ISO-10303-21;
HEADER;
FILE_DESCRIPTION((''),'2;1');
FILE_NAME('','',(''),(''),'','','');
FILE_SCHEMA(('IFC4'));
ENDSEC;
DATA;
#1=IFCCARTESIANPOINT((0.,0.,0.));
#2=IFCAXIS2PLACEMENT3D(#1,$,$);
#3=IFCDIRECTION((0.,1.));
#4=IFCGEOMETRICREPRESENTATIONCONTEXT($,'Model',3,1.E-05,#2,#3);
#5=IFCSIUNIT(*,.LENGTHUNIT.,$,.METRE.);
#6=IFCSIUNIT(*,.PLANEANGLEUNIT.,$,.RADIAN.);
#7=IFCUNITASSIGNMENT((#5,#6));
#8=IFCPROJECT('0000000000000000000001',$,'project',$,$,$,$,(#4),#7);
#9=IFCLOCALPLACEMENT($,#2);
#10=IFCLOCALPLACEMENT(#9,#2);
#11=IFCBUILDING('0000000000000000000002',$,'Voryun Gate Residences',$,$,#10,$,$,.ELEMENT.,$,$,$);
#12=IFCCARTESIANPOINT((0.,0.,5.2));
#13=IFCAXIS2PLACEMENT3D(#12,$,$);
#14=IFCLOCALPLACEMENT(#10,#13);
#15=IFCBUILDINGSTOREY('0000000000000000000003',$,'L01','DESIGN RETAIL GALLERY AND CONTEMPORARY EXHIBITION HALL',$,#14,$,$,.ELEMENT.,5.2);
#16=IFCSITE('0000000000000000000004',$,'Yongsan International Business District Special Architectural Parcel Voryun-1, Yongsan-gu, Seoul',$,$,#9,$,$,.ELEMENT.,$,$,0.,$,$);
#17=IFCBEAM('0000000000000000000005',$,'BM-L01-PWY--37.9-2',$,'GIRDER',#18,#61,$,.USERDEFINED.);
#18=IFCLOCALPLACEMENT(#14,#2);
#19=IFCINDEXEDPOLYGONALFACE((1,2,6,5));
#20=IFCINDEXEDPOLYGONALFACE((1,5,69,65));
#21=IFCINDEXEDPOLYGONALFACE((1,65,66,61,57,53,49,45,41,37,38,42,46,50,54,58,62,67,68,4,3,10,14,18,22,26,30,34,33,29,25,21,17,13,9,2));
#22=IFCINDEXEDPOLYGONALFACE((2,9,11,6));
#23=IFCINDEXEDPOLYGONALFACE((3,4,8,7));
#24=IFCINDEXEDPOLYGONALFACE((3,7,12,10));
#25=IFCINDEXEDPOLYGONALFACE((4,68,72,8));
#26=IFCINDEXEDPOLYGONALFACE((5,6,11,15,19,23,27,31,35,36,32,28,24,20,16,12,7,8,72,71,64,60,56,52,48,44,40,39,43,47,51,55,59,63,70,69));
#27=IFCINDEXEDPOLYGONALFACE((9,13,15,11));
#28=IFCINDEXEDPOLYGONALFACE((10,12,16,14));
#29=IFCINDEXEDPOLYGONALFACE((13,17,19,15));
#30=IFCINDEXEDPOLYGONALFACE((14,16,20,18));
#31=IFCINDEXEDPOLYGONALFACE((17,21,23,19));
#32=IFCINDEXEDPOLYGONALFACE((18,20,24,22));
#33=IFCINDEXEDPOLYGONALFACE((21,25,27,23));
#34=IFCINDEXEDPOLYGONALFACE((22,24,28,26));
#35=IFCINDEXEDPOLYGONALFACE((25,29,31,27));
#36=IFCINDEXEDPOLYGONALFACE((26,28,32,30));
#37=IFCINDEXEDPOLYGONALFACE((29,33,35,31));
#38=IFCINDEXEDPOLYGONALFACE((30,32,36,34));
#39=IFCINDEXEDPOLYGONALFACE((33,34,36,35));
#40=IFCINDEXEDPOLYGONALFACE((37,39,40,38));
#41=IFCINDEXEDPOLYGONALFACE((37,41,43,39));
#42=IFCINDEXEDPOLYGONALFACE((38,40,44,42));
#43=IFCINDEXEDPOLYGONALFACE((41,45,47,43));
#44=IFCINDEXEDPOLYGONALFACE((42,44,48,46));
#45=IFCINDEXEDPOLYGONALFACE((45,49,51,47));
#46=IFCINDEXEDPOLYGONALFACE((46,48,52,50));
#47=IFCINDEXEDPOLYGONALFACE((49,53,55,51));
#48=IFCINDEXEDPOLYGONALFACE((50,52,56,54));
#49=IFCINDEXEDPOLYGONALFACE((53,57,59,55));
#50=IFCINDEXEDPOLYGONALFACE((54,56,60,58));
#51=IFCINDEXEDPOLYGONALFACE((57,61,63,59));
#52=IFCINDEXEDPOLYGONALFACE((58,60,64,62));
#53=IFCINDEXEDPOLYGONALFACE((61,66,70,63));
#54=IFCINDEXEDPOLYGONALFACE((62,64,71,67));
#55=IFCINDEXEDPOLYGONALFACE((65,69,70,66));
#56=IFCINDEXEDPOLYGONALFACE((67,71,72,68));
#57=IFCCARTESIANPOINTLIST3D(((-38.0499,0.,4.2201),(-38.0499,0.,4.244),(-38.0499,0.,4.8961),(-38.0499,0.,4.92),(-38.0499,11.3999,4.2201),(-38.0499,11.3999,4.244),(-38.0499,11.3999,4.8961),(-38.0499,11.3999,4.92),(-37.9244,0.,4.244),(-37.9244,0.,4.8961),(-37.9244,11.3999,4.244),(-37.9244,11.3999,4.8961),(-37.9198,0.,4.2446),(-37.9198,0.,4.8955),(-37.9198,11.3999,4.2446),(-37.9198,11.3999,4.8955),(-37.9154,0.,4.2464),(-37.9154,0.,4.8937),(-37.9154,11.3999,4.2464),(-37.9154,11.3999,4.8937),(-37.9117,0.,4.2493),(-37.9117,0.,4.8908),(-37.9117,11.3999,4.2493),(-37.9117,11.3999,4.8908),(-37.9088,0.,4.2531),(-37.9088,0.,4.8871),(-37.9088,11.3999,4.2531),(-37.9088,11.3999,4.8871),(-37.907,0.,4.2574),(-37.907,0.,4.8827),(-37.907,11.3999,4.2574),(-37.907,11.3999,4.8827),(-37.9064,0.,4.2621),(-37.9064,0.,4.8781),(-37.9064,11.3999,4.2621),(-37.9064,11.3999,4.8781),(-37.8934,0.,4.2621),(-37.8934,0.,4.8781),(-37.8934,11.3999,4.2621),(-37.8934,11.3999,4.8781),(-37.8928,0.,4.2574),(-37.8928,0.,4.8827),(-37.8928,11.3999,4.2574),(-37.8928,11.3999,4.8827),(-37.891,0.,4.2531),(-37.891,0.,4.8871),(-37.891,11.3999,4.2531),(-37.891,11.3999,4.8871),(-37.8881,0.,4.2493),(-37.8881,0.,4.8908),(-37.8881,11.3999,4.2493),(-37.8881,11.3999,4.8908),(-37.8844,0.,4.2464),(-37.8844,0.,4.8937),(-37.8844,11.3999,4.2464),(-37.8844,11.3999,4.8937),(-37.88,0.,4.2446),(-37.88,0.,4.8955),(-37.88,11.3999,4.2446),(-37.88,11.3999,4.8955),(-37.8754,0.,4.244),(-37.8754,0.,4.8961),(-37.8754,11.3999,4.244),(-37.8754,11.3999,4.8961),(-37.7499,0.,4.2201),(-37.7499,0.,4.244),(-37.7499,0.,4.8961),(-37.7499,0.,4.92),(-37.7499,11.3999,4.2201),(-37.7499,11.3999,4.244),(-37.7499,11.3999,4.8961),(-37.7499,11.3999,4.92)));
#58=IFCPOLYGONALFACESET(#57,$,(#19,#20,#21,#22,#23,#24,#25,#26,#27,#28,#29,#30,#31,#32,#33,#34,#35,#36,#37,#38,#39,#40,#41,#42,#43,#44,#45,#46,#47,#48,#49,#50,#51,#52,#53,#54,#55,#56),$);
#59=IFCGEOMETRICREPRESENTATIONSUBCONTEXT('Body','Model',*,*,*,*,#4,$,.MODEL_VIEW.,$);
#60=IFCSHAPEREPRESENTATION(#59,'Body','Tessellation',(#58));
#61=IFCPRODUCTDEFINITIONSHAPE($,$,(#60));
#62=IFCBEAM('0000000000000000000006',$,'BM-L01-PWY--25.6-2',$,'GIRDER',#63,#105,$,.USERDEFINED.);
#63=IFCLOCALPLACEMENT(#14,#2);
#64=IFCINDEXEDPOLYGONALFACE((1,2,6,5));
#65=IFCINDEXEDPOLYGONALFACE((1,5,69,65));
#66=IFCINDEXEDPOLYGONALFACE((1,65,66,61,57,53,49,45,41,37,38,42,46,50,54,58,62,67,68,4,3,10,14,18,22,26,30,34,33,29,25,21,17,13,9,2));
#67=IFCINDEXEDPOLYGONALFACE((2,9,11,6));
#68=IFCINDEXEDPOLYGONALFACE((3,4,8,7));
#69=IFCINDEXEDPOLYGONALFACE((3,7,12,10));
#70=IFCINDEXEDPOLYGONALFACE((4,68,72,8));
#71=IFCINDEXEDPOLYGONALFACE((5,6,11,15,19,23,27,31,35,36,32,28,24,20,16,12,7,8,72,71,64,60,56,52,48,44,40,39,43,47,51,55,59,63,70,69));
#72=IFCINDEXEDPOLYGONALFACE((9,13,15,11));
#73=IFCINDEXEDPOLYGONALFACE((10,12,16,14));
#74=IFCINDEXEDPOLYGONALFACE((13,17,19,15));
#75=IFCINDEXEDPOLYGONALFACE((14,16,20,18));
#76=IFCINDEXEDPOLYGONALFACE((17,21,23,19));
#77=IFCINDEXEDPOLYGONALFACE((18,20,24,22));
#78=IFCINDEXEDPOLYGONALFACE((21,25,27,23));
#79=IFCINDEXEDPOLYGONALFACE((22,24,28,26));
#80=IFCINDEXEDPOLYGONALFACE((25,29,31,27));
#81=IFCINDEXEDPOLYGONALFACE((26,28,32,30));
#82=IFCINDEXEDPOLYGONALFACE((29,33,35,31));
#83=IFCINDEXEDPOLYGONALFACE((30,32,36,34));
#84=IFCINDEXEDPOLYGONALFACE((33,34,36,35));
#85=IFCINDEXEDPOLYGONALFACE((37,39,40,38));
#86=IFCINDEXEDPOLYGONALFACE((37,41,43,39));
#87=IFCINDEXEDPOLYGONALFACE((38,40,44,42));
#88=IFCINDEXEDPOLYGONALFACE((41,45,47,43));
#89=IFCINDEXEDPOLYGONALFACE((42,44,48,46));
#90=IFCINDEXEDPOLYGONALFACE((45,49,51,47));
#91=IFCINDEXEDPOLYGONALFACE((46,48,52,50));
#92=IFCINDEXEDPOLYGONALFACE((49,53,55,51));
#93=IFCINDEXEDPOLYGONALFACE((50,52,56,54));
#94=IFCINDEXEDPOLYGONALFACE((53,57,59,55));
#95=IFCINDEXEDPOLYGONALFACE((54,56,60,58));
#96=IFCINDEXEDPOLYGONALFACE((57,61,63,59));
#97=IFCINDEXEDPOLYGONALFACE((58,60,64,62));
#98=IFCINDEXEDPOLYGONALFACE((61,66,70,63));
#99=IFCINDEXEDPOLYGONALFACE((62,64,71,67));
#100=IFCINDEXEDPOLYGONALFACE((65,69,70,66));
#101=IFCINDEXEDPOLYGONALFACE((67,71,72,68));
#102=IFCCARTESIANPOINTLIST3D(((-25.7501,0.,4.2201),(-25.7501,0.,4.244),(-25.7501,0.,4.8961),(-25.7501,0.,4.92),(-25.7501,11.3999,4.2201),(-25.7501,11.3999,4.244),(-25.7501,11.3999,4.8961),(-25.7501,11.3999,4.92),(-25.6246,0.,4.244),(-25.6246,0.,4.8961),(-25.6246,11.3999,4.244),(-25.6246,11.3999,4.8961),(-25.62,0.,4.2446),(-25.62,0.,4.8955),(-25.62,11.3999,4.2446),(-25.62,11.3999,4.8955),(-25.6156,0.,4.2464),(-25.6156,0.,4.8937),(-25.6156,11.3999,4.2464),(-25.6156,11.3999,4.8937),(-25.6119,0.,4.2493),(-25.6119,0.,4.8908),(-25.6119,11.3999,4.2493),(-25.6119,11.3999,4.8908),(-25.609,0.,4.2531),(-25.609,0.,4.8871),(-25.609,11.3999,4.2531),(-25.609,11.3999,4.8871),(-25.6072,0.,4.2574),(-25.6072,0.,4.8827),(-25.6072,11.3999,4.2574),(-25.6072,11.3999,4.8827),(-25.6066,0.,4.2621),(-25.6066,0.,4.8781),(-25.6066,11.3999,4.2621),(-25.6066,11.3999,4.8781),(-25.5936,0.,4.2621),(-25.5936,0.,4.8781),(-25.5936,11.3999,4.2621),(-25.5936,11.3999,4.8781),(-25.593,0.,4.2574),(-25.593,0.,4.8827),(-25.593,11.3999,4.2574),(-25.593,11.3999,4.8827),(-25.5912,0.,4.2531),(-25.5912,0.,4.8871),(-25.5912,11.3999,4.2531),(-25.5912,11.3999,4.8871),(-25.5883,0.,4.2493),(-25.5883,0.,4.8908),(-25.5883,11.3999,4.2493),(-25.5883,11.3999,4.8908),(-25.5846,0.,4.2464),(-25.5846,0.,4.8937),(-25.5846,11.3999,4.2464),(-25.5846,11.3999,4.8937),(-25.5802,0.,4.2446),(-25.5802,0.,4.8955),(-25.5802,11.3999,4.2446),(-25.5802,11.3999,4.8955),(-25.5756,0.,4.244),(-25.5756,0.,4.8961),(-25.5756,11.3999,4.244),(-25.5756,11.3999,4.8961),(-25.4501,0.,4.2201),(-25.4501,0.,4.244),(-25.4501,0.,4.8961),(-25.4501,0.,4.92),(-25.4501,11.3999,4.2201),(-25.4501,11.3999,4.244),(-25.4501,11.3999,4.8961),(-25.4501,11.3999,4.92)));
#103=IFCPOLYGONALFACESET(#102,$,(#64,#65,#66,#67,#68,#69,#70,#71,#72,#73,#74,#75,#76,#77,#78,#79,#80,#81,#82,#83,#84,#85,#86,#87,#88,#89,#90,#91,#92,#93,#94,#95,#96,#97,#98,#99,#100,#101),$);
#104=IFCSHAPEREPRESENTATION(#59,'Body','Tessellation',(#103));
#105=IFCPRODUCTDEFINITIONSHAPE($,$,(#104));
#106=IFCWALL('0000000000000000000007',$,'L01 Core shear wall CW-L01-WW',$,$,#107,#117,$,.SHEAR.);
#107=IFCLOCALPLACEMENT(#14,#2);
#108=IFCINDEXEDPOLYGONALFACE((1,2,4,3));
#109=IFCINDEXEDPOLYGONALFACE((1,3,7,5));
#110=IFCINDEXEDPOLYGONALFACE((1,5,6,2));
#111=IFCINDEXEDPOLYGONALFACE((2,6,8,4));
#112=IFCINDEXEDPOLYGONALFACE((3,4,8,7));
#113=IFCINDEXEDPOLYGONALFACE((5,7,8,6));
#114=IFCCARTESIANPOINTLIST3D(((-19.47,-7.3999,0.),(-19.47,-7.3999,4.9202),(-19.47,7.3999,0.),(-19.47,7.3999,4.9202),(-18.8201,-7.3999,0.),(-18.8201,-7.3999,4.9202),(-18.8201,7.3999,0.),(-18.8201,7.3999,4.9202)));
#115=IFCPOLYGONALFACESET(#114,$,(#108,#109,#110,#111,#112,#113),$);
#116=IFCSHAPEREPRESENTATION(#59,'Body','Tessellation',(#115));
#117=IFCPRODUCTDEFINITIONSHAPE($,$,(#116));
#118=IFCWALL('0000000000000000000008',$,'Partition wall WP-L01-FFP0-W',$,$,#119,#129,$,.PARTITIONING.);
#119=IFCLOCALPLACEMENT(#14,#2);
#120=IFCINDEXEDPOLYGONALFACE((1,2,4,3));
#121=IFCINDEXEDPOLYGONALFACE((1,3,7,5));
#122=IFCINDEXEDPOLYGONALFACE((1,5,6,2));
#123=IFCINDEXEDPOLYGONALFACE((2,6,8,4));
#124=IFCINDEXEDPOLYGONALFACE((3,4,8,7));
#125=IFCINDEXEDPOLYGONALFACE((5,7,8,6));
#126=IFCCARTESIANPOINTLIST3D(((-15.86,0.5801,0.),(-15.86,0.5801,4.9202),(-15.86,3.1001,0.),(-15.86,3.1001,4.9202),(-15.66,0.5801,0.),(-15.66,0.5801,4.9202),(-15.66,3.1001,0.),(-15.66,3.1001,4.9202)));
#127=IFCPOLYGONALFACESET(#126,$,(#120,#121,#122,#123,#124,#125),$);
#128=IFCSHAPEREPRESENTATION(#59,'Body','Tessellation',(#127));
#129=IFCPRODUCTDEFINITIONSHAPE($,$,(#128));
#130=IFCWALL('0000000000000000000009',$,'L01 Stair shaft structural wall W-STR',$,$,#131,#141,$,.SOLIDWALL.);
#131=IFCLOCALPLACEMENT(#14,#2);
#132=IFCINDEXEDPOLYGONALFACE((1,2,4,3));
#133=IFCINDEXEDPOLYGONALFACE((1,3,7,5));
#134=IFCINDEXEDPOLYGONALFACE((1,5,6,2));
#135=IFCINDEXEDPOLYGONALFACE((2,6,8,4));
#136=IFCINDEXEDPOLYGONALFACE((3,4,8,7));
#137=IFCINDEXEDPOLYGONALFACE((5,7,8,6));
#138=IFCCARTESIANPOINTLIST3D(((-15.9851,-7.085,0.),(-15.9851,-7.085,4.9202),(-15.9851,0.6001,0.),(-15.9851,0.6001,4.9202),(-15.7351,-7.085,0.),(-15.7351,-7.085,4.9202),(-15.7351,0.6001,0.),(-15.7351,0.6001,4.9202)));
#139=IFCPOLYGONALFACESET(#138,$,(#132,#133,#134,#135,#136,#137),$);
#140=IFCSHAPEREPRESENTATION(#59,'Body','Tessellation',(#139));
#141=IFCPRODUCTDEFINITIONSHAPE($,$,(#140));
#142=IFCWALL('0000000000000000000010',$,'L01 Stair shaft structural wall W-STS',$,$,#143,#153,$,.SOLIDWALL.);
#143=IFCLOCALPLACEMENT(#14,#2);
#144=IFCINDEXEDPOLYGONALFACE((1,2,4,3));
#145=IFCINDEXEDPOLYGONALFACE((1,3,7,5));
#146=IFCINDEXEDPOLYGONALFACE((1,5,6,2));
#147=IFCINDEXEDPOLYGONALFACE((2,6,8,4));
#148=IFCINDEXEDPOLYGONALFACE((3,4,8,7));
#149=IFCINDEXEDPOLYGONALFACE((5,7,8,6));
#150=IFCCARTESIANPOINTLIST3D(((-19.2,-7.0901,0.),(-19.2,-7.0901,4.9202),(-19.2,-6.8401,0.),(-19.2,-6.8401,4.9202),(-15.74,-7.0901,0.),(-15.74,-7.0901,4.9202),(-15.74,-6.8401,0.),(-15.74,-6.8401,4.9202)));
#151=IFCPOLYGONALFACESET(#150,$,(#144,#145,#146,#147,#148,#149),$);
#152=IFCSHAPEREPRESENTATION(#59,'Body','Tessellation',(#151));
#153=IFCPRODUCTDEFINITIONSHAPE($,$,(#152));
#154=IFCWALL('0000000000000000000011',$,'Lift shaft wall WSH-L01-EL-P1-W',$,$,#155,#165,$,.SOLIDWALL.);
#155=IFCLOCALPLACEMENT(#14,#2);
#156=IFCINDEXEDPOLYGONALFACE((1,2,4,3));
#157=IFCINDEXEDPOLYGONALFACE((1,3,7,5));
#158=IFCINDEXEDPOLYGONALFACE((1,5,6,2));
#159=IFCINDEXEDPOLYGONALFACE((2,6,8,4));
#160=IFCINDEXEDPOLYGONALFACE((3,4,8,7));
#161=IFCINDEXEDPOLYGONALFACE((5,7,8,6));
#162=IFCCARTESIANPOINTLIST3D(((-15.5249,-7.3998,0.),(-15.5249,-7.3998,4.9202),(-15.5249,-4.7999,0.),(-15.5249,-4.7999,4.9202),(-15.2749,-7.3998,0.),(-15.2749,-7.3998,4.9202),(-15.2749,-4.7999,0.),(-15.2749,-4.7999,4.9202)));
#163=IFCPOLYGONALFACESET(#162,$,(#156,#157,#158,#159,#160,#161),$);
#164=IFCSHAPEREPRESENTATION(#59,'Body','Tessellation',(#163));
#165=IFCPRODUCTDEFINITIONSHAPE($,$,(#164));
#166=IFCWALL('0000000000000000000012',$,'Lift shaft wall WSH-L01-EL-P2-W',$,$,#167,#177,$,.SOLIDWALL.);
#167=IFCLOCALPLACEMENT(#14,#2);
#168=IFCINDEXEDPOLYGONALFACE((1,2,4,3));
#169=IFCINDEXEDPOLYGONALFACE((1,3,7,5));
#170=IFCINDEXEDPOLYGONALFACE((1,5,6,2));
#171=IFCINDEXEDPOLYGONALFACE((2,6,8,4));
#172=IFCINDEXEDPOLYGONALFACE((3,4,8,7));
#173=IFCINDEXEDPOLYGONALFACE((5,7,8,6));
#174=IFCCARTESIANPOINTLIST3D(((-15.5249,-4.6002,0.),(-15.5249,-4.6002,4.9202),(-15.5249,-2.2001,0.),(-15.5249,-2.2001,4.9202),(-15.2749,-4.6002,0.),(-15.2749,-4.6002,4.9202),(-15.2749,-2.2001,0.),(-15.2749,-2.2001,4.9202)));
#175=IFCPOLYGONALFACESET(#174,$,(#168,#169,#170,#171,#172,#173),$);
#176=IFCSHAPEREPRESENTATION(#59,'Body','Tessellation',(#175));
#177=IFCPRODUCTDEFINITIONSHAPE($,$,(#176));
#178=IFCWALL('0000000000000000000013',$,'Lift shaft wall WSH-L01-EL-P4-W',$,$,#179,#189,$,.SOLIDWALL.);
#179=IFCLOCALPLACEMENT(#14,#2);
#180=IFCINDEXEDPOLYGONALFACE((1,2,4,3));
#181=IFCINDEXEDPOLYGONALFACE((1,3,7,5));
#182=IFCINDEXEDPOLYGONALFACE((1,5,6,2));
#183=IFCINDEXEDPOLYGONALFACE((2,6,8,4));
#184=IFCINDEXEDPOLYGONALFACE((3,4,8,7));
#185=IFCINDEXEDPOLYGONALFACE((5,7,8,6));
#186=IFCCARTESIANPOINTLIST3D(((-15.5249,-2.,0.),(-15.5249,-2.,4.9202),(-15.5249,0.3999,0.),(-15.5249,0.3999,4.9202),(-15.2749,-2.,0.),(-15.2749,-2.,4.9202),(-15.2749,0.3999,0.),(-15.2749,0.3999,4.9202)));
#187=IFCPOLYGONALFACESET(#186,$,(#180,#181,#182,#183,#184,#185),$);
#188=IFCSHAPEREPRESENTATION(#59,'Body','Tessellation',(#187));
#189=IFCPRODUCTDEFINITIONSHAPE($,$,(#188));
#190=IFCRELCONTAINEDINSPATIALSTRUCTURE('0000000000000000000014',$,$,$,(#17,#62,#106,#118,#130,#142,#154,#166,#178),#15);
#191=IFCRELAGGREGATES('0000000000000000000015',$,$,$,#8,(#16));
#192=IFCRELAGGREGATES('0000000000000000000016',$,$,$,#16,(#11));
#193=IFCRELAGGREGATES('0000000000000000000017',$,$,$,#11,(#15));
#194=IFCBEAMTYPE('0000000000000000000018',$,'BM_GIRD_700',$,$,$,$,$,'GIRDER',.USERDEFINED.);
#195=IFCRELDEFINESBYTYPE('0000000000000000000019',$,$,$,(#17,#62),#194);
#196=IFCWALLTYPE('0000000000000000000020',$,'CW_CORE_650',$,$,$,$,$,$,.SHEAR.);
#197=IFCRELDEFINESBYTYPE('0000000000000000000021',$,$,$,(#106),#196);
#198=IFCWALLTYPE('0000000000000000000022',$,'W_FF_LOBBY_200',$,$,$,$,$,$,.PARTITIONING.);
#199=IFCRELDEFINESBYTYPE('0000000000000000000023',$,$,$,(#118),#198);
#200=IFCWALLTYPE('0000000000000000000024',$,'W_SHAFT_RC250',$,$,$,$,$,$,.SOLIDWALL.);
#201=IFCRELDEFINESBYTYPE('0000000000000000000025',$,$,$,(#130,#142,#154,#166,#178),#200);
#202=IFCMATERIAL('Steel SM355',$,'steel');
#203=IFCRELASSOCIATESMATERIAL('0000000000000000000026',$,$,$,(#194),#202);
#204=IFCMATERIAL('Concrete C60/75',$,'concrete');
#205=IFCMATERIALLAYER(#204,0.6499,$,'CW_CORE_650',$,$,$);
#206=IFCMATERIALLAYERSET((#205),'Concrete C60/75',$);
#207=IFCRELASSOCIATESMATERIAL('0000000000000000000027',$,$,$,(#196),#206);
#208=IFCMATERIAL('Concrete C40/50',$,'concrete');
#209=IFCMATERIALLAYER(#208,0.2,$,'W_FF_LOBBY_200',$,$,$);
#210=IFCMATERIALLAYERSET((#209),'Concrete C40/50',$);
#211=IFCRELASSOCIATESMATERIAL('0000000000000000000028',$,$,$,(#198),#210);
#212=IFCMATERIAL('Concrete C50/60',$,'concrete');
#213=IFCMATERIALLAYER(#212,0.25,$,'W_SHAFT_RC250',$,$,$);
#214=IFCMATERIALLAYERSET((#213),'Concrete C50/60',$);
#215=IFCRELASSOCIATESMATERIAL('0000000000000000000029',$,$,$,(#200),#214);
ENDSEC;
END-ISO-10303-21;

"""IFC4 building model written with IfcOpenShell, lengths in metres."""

from ifc_helpers import new_model, si_unit, direction, frame, frame_2d, origin, origin_2d, place, context, subcontext, project, spatial, rectangle, i_section, extrude, material, layer, layer_set, material_profile, profile_set, type_object, element, save


model = new_model("IFC4")

# Units and contexts
model_context = context("Model", 3, precision=1e-05, world=origin(), true_north=direction((0.0, 1.0)))
body_context = subcontext(model_context, "Body", "Model", "MODEL_VIEW")
ifc_project = project(units=[si_unit("LENGTHUNIT", "METRE"), si_unit("PLANEANGLEUNIT", "RADIAN")], contexts=[model_context])

# Site, building, storey
site_placement = place(None, origin())
site = spatial("IfcSite", under=ifc_project, at=site_placement, Name="Yongsan International Business District Special Architectural Parcel Voryun-1, Yongsan-gu, Seoul", CompositionType="ELEMENT", RefElevation=0.0)
building_placement = place(site_placement, origin())
building = spatial("IfcBuilding", under=site, at=building_placement, Name="Voryun Gate Residences", CompositionType="ELEMENT")
storey_placement = place(building_placement, frame((0.0, 0.0, 5.2)))
storey = spatial("IfcBuildingStorey", under=building, at=storey_placement, Name="L01", Description="DESIGN RETAIL GALLERY AND CONTEMPORARY EXHIBITION HALL", CompositionType="ELEMENT", Elevation=5.2)

# Beams
ifc_material_1 = material(Name="Steel SM355", Category="steel")
ifc_material_profile_1 = material_profile(ifc_material_1, i_section(OverallWidth=0.3, OverallDepth=0.7, WebThickness=0.0129, FlangeThickness=0.0239, FilletRadius=0.0181, at=origin_2d()), Name="H-700x300x13x24")
ifc_profile_set_1 = profile_set([ifc_material_profile_1], Name="Steel SM355")
beam_type = type_object("IfcBeamType", Name="BM_GIRD_700", ElementType="GIRDER", PredefinedType="USERDEFINED", material=ifc_profile_set_1)
for number, where, z_axis, x_axis, name in (
    (1, (-37.8999, 0.0, 4.5701), (0.0, 1.0, 0.0), (-1.0, 0.0, 0.0), "BM-L01-PWY--37.9-2"),
    (2, (-25.6001, 0.0, 4.5701), (0.0, 1.0, 0.0), (-1.0, 0.0, 0.0), "BM-L01-PWY--25.6-2"),
):
    element("IfcBeam", number, at=place(storey_placement, frame(where, z_axis=z_axis, x_axis=x_axis)), inside=storey, type_object=beam_type, Name=name, ObjectType="GIRDER", PredefinedType="USERDEFINED", context=body_context, shape_type="SweptSolid", body=[
        extrude(i_section(OverallWidth=0.3, OverallDepth=0.7, WebThickness=0.0129, FlangeThickness=0.0239, FilletRadius=0.0181, at=origin_2d()), origin(), (0.0, 0.0, 1.0), 11.3999),
    ])

# Walls
ifc_material_2 = material(Name="Concrete C60/75", Category="concrete")
ifc_layer_1 = layer(ifc_material_2, 0.6499, Name="CW_CORE_650")
ifc_layer_set_1 = layer_set([ifc_layer_1], Name="Concrete C60/75")
wall_type_1 = type_object("IfcWallType", Name="CW_CORE_650", PredefinedType="SHEAR", material=ifc_layer_set_1)
wall_1_placement = place(storey_placement, frame((-19.145, -7.3999, 0.0), z_axis=(0.0, 0.0, 1.0), x_axis=(0.0, 1.0, 0.0)))
element("IfcWall", 3, at=wall_1_placement, inside=storey, type_object=wall_type_1, Name="L01 Core shear wall CW-L01-WW", PredefinedType="SHEAR", context=body_context, shape_type="SweptSolid", body=[
    extrude(rectangle(XDim=14.7998, YDim=0.6499, at=frame_2d((7.3999, 0.0))), origin(), (0.0, 0.0, 1.0), 4.9202),
])
ifc_material_3 = material(Name="Concrete C40/50", Category="concrete")
ifc_layer_2 = layer(ifc_material_3, 0.2, Name="W_FF_LOBBY_200")
ifc_layer_set_2 = layer_set([ifc_layer_2], Name="Concrete C40/50")
wall_type_2 = type_object("IfcWallType", Name="W_FF_LOBBY_200", PredefinedType="PARTITIONING", material=ifc_layer_set_2)
wall_2_placement = place(storey_placement, frame((-15.76, 0.5801, 0.0), z_axis=(0.0, 0.0, 1.0), x_axis=(0.0, 1.0, 0.0)))
element("IfcWall", 4, at=wall_2_placement, inside=storey, type_object=wall_type_2, Name="Partition wall WP-L01-FFP0-W", PredefinedType="PARTITIONING", context=body_context, shape_type="SweptSolid", body=[
    extrude(rectangle(XDim=2.52, YDim=0.2, at=frame_2d((1.26, 0.0))), origin(), (0.0, 0.0, 1.0), 4.9202),
])
ifc_material_4 = material(Name="Concrete C50/60", Category="concrete")
ifc_layer_3 = layer(ifc_material_4, 0.25, Name="W_SHAFT_RC250")
ifc_layer_set_3 = layer_set([ifc_layer_3], Name="Concrete C50/60")
wall_type_3 = type_object("IfcWallType", Name="W_SHAFT_RC250", PredefinedType="SOLIDWALL", material=ifc_layer_set_3)
wall_3_placement = place(storey_placement, frame((-15.8601, -7.085, 0.0), z_axis=(0.0, 0.0, 1.0), x_axis=(0.0, 1.0, 0.0)))
element("IfcWall", 5, at=wall_3_placement, inside=storey, type_object=wall_type_3, Name="L01 Stair shaft structural wall W-STR", PredefinedType="SOLIDWALL", context=body_context, shape_type="SweptSolid", body=[
    extrude(rectangle(XDim=7.6851, YDim=0.25, at=frame_2d((3.8425, 0.0))), origin(), (0.0, 0.0, 1.0), 4.9202),
])
wall_4_placement = place(storey_placement, frame((-19.2, -6.9651, 0.0), z_axis=(0.0, 0.0, 1.0), x_axis=(1.0, 0.0, 0.0)))
element("IfcWall", 6, at=wall_4_placement, inside=storey, type_object=wall_type_3, Name="L01 Stair shaft structural wall W-STS", PredefinedType="SOLIDWALL", context=body_context, shape_type="SweptSolid", body=[
    extrude(rectangle(XDim=3.46, YDim=0.25, at=frame_2d((1.73, 0.0))), origin(), (0.0, 0.0, 1.0), 4.9202),
])
wall_5_placement = place(storey_placement, frame((-15.3999, -4.8, 0.0), z_axis=(0.0, 0.0, 1.0), x_axis=(0.0, -1.0, 0.0)))
element("IfcWall", 7, at=wall_5_placement, inside=storey, type_object=wall_type_3, Name="Lift shaft wall WSH-L01-EL-P1-W", PredefinedType="SOLIDWALL", context=body_context, shape_type="SweptSolid", body=[
    extrude(rectangle(XDim=2.5999, YDim=0.25, at=frame_2d((1.2998, 0.0))), origin(), (0.0, 0.0, 1.0), 4.9202),
])
wall_6_placement = place(storey_placement, frame((-15.3999, -2.2, 0.0), z_axis=(0.0, 0.0, 1.0), x_axis=(0.0, -1.0, 0.0)))
element("IfcWall", 8, at=wall_6_placement, inside=storey, type_object=wall_type_3, Name="Lift shaft wall WSH-L01-EL-P2-W", PredefinedType="SOLIDWALL", context=body_context, shape_type="SweptSolid", body=[
    extrude(rectangle(XDim=2.4001, YDim=0.25, at=frame_2d((1.2002, 0.0))), origin(), (0.0, 0.0, 1.0), 4.9202),
])
wall_7_placement = place(storey_placement, frame((-15.3999, 0.3999, 0.0), z_axis=(0.0, 0.0, 1.0), x_axis=(0.0, -1.0, 0.0)))
element("IfcWall", 9, at=wall_7_placement, inside=storey, type_object=wall_type_3, Name="Lift shaft wall WSH-L01-EL-P4-W", PredefinedType="SOLIDWALL", context=body_context, shape_type="SweptSolid", body=[
    extrude(rectangle(XDim=2.3999, YDim=0.25, at=frame_2d((1.2, 0.0))), origin(), (0.0, 0.0, 1.0), 4.9202),
])

save(model, "model.ifc")
